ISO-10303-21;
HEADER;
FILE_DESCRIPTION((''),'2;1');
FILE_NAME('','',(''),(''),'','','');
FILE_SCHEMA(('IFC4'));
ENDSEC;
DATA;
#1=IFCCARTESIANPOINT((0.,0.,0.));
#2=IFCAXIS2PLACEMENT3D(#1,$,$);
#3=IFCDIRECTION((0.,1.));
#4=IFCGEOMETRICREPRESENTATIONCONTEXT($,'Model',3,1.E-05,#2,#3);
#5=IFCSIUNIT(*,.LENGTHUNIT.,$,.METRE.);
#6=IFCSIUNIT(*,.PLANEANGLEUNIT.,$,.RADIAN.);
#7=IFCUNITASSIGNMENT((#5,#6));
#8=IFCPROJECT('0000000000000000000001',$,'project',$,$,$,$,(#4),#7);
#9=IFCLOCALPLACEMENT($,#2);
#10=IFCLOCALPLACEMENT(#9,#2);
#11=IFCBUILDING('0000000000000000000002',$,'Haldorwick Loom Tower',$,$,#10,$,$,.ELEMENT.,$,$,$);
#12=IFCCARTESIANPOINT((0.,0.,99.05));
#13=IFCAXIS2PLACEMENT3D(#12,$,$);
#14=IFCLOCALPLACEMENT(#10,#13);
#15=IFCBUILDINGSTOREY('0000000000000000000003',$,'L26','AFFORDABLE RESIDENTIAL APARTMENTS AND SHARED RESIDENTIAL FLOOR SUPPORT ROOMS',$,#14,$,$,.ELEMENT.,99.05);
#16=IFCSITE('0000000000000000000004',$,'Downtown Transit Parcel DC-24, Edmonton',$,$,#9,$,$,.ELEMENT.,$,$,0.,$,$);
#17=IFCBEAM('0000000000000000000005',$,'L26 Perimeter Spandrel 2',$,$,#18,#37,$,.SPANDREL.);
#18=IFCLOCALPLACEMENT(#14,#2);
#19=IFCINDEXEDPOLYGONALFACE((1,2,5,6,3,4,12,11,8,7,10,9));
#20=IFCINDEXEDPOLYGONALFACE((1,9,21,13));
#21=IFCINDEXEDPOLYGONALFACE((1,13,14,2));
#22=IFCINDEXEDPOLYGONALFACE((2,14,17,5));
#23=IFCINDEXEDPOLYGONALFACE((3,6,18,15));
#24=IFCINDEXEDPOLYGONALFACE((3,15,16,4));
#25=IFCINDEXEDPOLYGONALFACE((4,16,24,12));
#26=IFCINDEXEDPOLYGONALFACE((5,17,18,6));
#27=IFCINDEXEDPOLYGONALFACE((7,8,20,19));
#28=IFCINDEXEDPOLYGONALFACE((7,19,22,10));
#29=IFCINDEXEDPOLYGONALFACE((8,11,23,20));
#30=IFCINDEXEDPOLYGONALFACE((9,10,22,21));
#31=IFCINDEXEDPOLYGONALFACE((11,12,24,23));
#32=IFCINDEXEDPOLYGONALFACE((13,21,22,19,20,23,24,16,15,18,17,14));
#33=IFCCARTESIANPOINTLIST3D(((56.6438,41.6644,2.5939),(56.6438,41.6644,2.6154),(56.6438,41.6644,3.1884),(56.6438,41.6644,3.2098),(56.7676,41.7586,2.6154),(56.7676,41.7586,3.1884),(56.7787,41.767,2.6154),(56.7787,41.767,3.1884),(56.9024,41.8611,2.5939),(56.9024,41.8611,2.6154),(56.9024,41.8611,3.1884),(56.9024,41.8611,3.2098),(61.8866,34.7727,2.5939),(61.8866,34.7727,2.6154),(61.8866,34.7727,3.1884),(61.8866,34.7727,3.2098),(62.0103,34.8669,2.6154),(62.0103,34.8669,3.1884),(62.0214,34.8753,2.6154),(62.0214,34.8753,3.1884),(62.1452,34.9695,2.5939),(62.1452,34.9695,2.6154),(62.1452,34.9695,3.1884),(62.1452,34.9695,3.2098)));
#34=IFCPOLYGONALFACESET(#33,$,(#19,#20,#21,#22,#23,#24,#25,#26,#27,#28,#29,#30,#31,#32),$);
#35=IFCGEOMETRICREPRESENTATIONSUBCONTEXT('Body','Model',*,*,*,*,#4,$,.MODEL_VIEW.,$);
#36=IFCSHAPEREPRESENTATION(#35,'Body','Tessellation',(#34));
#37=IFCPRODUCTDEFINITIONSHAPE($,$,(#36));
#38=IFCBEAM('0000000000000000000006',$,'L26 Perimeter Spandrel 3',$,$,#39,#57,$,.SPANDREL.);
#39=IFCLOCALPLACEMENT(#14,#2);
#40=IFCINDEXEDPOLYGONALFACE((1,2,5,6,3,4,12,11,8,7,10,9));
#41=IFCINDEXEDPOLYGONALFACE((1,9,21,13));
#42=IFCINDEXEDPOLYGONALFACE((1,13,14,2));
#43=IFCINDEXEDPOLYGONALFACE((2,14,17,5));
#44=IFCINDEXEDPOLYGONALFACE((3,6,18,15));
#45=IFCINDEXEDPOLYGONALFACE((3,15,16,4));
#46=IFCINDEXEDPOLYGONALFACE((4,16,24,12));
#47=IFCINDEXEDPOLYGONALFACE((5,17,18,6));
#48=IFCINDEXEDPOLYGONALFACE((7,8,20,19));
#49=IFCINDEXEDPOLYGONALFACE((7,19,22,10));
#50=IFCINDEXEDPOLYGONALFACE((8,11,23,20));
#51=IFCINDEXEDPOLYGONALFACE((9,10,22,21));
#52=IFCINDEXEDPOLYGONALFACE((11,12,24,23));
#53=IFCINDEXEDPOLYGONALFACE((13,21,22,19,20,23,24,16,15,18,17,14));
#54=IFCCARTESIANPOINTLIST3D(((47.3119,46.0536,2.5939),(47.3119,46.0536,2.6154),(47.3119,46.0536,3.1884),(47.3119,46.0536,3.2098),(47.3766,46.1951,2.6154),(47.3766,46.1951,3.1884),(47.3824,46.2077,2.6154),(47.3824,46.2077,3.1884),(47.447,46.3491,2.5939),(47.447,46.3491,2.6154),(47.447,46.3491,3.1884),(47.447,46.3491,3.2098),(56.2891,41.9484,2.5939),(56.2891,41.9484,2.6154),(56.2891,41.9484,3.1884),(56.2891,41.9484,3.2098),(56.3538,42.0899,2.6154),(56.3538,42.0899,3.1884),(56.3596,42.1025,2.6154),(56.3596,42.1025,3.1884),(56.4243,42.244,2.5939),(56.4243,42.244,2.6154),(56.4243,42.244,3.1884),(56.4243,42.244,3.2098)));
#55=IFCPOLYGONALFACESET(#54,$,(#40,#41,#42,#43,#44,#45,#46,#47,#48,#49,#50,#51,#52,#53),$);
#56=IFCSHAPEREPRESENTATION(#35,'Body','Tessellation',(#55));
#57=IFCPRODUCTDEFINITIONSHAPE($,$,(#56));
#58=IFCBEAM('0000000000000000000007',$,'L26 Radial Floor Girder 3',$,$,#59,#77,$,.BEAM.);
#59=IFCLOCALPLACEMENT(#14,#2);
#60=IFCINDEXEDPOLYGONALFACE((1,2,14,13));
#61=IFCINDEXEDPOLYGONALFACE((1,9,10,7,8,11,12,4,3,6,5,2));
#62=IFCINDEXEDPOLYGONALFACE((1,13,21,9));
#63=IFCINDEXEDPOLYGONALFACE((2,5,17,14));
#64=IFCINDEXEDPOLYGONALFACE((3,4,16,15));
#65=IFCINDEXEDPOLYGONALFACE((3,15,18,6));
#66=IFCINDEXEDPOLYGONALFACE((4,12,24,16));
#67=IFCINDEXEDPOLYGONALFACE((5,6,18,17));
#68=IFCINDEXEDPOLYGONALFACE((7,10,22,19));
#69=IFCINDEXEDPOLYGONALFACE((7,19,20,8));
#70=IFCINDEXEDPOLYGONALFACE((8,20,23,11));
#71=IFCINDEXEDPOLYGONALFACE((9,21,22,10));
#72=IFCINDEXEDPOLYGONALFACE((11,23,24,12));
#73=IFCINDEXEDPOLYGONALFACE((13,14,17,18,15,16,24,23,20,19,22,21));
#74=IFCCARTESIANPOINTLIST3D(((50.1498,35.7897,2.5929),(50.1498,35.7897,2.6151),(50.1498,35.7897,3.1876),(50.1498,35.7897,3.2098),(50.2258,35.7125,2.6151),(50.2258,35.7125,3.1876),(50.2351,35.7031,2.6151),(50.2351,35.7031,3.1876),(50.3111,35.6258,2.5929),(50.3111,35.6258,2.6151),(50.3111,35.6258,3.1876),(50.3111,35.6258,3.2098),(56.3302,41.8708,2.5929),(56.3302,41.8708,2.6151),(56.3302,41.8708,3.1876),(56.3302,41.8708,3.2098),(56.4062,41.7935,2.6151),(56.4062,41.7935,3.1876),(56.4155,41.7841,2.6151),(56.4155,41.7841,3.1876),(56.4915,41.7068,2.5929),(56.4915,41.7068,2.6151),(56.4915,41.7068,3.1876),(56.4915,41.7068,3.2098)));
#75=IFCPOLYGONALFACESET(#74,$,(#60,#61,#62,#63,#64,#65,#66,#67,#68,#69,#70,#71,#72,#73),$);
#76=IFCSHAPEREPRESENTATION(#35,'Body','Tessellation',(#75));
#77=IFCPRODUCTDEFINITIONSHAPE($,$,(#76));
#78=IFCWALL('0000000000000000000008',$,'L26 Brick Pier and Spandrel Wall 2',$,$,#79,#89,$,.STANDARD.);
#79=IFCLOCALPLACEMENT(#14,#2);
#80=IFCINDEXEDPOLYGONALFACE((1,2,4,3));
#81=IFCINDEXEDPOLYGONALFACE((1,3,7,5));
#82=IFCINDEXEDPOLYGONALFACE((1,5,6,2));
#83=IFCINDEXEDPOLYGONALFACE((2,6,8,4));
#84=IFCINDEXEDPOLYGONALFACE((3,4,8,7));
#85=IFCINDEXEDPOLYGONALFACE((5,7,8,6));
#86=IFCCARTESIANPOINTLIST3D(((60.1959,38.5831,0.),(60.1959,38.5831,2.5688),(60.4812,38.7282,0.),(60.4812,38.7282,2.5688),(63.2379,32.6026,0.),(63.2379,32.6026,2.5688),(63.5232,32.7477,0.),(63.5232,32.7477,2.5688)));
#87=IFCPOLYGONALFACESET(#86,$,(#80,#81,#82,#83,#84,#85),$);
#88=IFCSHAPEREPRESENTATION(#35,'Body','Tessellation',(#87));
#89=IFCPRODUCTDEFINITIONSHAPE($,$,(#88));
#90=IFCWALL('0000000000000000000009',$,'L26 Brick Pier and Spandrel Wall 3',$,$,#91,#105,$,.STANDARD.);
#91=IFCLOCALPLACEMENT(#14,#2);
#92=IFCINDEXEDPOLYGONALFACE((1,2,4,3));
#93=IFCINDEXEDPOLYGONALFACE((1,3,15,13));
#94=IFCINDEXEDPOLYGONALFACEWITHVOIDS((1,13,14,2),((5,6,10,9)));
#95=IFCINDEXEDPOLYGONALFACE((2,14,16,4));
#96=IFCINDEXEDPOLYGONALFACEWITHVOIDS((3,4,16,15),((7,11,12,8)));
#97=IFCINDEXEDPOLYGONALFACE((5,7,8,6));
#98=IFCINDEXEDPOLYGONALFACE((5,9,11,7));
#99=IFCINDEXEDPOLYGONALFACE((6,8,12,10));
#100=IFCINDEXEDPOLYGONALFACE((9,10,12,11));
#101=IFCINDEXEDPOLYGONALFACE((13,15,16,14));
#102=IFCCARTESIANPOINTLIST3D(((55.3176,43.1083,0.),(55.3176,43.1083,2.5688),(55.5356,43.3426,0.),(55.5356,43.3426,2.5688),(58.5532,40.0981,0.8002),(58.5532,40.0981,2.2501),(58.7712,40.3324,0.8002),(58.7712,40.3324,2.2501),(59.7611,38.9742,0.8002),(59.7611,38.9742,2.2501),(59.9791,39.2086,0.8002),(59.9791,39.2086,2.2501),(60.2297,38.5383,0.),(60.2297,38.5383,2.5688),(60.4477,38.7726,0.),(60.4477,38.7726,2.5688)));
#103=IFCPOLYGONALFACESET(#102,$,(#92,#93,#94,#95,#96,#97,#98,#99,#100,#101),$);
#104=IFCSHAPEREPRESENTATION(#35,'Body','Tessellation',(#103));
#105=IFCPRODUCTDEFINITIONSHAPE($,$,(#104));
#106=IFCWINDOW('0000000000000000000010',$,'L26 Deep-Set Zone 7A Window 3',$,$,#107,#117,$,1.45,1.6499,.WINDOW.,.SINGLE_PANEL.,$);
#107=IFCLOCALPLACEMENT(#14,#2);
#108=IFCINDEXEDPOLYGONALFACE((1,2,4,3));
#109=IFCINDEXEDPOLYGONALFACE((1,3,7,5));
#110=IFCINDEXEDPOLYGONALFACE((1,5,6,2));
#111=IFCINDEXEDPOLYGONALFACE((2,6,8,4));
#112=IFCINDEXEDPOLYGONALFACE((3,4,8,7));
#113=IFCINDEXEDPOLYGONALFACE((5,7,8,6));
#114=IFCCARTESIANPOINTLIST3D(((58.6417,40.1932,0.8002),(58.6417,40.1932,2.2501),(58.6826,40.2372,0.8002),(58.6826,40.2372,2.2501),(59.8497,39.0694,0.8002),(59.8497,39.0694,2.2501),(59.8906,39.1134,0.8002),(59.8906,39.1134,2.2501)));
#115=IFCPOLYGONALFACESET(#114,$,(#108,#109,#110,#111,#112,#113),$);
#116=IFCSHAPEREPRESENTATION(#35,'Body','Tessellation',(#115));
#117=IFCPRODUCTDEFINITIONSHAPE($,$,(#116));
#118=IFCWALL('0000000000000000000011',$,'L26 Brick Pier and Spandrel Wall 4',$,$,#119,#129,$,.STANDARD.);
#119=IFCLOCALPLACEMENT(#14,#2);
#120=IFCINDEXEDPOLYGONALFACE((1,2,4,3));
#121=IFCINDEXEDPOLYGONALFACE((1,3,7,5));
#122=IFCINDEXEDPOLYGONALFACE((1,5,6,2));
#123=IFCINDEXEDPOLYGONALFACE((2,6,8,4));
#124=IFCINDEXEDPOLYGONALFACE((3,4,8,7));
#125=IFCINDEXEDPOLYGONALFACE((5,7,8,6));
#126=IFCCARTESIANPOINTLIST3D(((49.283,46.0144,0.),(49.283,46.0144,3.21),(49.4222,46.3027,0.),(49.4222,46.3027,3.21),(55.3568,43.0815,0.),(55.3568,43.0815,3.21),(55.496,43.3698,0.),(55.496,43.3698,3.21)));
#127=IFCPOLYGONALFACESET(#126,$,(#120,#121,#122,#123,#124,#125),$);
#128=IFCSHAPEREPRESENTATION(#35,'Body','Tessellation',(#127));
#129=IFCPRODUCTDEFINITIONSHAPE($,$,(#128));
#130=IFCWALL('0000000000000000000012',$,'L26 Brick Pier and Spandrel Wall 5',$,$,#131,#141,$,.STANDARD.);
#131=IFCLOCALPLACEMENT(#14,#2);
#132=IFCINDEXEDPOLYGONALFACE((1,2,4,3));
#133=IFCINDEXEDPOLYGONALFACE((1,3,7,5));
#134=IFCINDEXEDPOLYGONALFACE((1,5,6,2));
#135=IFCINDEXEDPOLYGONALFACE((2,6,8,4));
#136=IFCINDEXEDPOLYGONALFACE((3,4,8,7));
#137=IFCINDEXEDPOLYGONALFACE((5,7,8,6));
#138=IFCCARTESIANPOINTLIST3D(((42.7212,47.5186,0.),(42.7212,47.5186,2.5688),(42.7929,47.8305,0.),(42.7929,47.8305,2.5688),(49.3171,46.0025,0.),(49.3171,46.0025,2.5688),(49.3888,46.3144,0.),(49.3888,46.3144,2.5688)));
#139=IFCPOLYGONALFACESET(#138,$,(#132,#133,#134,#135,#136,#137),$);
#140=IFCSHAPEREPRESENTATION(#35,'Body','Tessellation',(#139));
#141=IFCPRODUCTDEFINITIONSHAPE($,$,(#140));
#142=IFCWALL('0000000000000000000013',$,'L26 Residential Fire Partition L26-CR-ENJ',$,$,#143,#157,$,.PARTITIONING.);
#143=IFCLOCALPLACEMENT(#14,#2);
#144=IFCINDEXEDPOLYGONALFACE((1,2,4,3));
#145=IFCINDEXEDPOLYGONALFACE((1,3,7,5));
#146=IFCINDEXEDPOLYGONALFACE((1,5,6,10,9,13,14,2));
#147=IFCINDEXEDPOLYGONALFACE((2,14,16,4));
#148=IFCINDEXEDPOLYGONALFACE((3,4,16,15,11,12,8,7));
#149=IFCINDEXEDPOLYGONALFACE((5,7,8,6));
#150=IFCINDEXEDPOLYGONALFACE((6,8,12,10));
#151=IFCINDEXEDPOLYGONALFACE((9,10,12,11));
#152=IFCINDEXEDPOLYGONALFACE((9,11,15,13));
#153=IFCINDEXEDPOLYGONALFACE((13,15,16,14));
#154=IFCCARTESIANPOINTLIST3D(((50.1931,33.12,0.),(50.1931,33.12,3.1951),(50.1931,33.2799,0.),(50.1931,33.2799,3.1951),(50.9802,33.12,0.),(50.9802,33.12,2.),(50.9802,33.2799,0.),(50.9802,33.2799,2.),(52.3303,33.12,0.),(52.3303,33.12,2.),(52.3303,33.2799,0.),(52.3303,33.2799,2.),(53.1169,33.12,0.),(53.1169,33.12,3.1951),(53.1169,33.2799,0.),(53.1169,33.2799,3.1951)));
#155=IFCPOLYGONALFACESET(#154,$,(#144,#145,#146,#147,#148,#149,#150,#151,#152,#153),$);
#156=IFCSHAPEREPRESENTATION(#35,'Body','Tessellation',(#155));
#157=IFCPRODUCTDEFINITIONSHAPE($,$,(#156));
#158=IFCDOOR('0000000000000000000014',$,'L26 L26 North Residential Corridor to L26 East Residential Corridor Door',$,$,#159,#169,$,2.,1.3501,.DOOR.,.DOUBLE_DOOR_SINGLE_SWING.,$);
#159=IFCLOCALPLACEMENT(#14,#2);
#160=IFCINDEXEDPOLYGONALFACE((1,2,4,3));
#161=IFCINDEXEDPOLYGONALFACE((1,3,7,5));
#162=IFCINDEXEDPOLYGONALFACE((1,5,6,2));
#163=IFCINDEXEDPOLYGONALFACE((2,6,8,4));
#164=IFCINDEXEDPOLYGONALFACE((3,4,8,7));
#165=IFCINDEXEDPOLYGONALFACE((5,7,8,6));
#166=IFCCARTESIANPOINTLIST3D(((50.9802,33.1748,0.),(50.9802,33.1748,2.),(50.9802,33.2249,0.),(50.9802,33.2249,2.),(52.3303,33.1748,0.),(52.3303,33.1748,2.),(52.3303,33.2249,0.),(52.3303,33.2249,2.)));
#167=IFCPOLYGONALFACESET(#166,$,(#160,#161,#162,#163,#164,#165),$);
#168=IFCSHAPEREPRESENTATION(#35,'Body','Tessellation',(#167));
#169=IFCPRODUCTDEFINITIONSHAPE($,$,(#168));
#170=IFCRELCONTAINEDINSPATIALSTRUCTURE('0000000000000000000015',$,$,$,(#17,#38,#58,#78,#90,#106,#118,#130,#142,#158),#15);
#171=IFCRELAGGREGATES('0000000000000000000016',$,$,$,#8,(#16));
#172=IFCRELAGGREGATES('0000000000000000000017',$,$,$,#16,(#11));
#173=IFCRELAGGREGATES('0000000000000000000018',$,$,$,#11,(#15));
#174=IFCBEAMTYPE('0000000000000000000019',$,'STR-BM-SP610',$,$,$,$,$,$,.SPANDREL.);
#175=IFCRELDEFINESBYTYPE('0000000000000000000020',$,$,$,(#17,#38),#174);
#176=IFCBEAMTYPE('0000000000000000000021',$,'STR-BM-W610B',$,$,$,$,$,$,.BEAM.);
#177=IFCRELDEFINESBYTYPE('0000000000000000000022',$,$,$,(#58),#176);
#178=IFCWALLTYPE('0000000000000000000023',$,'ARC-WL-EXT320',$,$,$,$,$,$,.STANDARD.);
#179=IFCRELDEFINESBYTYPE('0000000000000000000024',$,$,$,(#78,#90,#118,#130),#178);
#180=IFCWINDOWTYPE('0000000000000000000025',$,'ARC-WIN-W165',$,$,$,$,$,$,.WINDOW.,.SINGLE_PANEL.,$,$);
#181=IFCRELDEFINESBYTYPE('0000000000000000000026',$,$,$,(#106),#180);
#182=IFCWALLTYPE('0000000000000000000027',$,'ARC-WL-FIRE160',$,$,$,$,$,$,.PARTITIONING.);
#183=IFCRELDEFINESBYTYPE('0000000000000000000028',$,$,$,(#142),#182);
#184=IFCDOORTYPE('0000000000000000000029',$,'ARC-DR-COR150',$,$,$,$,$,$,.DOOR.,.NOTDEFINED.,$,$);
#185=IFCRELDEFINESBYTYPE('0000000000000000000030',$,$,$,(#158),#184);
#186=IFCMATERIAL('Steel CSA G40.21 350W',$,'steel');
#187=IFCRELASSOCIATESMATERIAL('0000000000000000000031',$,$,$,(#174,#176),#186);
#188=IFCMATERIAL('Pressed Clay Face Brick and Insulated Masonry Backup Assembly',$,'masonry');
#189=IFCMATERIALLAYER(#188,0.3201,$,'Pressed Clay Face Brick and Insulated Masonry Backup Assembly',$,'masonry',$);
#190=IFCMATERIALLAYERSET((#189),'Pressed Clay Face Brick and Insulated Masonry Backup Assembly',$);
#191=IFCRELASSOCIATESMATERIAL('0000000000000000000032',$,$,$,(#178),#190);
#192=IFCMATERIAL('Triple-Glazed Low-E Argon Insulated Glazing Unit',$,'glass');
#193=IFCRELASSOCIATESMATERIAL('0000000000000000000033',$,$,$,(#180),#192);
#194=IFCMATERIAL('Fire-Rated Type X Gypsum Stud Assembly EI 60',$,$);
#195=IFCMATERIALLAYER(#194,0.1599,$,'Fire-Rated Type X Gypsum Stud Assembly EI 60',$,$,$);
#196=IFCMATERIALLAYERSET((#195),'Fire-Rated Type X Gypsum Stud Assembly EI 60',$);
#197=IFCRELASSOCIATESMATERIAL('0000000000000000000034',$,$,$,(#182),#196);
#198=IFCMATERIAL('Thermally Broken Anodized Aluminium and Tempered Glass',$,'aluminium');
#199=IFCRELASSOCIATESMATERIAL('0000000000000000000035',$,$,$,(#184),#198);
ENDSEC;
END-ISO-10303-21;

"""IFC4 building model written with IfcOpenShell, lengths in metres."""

from ifc_helpers import new_model, si_unit, direction, frame, frame_2d, origin, origin_2d, place, context, subcontext, project, spatial, rectangle, i_section, extrude, material, layer, layer_set, material_profile, profile_set, type_object, element, fill, save


model = new_model("IFC4")

# Units and contexts
model_context = context("Model", 3, precision=1e-05, world=origin(), true_north=direction((0.0, 1.0)))
body_context = subcontext(model_context, "Body", "Model", "MODEL_VIEW")
ifc_project = project(units=[si_unit("LENGTHUNIT", "METRE"), si_unit("PLANEANGLEUNIT", "RADIAN")], contexts=[model_context])

# Site, building, storey
site_placement = place(None, origin())
site = spatial("IfcSite", under=ifc_project, at=site_placement, Name="Downtown Transit Parcel DC-24, Edmonton", CompositionType="ELEMENT", RefElevation=0.0)
building_placement = place(site_placement, origin())
building = spatial("IfcBuilding", under=site, at=building_placement, Name="Haldorwick Loom Tower", CompositionType="ELEMENT")
storey_placement = place(building_placement, frame((0.0, 0.0, 99.05)))
storey = spatial("IfcBuildingStorey", under=building, at=storey_placement, Name="L26", Description="AFFORDABLE RESIDENTIAL APARTMENTS AND SHARED RESIDENTIAL FLOOR SUPPORT ROOMS", CompositionType="ELEMENT", Elevation=99.05)

# Beams
ifc_material_1 = material(Name="Steel CSA G40.21 350W", Category="steel")
ifc_material_profile_1 = material_profile(ifc_material_1, i_section(OverallWidth=0.325, OverallDepth=0.616, WebThickness=0.0139, FlangeThickness=0.0215, at=origin_2d()), Name="W610X174", Category="steel")
ifc_profile_set_1 = profile_set([ifc_material_profile_1], Name="Steel CSA G40.21 350W")
beam_type_1 = type_object("IfcBeamType", Name="STR-BM-SP610", PredefinedType="SPANDREL", material=ifc_profile_set_1)
beam_1_placement = place(storey_placement, frame((62.0159, 34.8711, 2.9019), z_axis=(-0.605454, 0.795881, 0.0), x_axis=(-0.795881, -0.605454, 0.0)))
element("IfcBeam", 1, at=beam_1_placement, inside=storey, type_object=beam_type_1, Name="L26 Perimeter Spandrel 2", PredefinedType="SPANDREL", context=body_context, shape_type="SweptSolid", body=[
    extrude(i_section(OverallWidth=0.325, OverallDepth=0.616, WebThickness=0.0139, FlangeThickness=0.0215, at=origin_2d()), origin(), (0.0, 0.0, 1.0), 8.6592),
])
beam_2_placement = place(storey_placement, frame((56.3567, 42.0962, 2.9019), z_axis=(-0.909424, 0.41587, 0.0), x_axis=(-0.41587, -0.909424, 0.0)))
element("IfcBeam", 2, at=beam_2_placement, inside=storey, type_object=beam_type_1, Name="L26 Perimeter Spandrel 3", PredefinedType="SPANDREL", context=body_context, shape_type="SweptSolid", body=[
    extrude(i_section(OverallWidth=0.325, OverallDepth=0.616, WebThickness=0.0139, FlangeThickness=0.0215, at=origin_2d()), origin(), (0.0, 0.0, 1.0), 9.8713),
])
ifc_material_profile_2 = material_profile(ifc_material_1, i_section(OverallWidth=0.23, OverallDepth=0.6169, WebThickness=0.0132, FlangeThickness=0.0222, at=origin_2d()), Name="W610X140", Category="steel")
ifc_profile_set_2 = profile_set([ifc_material_profile_2], Name="Steel CSA G40.21 350W")
beam_type_2 = type_object("IfcBeamType", Name="STR-BM-W610B", PredefinedType="BEAM", material=ifc_profile_set_2)
beam_3_placement = place(storey_placement, frame((50.2305, 35.7078, 2.9014), z_axis=(0.712814, 0.701353, 0.0), x_axis=(-0.701353, 0.712814, 0.0)))
element("IfcBeam", 3, at=beam_3_placement, inside=storey, type_object=beam_type_2, Name="L26 Radial Floor Girder 3", PredefinedType="BEAM", context=body_context, shape_type="SweptSolid", body=[
    extrude(i_section(OverallWidth=0.23, OverallDepth=0.6169, WebThickness=0.0132, FlangeThickness=0.0222, at=origin_2d()), origin(), (0.0, 0.0, 1.0), 8.6704),
])

# Wall
ifc_material_2 = material(Name="Pressed Clay Face Brick and Insulated Masonry Backup Assembly", Category="masonry")
ifc_layer_1 = layer(ifc_material_2, 0.3201, Name="Pressed Clay Face Brick and Insulated Masonry Backup Assembly", Category="masonry")
ifc_layer_set_1 = layer_set([ifc_layer_1], Name="Pressed Clay Face Brick and Insulated Masonry Backup Assembly")
wall_type_1 = type_object("IfcWallType", Name="ARC-WL-EXT320", PredefinedType="STANDARD", material=ifc_layer_set_1)
wall_1_placement = place(storey_placement, frame((63.3806, 32.675, 0.0), z_axis=(0.0, 0.0, 1.0), x_axis=(-0.453374, 0.89132, 0.0)))
element("IfcWall", 4, at=wall_1_placement, inside=storey, type_object=wall_type_1, Name="L26 Brick Pier and Spandrel Wall 2", PredefinedType="STANDARD", context=body_context, shape_type="SweptSolid", body=[
    extrude(rectangle(XDim=6.7097, YDim=0.3201, at=frame_2d((3.355, 0.0))), origin(), (0.0, 0.0, 1.0), 2.5688),
])

# Wall, opening, window
wall_2_placement = place(storey_placement, frame((60.3386, 38.6555, 0.0), z_axis=(0.0, 0.0, 1.0), x_axis=(-0.732137, 0.681157, 0.0)))
wall_2 = element("IfcWall", 5, at=wall_2_placement, inside=storey, type_object=wall_type_1, Name="L26 Brick Pier and Spandrel Wall 3", PredefinedType="STANDARD", context=body_context, shape_type="SweptSolid", body=[
    extrude(rectangle(XDim=6.7092, YDim=0.3201, at=frame_2d((3.3545, 0.0))), origin(), (0.0, 0.0, 1.0), 2.5688),
])
opening_1_placement = place(wall_2_placement, frame((0.6399, 0.0, 0.8)))
opening_1 = element("IfcOpeningElement", 6, at=opening_1_placement, cuts=wall_2, PredefinedType="OPENING", context=body_context, shape_type="SweptSolid", body=[
    extrude(rectangle(XDim=1.6499, YDim=1.45, at=frame_2d((0.825, 0.7251))), frame((0.0, 0.1699, 0.0), z_axis=(0.0, -1.0, 0.0), x_axis=(1.0, 0.0, 0.0)), (0.0, 0.0, 1.0), 0.3401),
])
ifc_material_3 = material(Name="Triple-Glazed Low-E Argon Insulated Glazing Unit", Category="glass")
window_type = type_object("IfcWindowType", Name="ARC-WIN-W165", PartitioningType="SINGLE_PANEL", PredefinedType="WINDOW", material=ifc_material_3)
window_placement = place(opening_1_placement, origin())
window = element("IfcWindow", 7, at=window_placement, inside=storey, type_object=window_type, Name="L26 Deep-Set Zone 7A Window 3", OverallHeight=1.45, OverallWidth=1.6499, PartitioningType="SINGLE_PANEL", PredefinedType="WINDOW", context=body_context, shape_type="SweptSolid", body=[
    extrude(rectangle(XDim=1.6499, YDim=1.45, at=frame_2d((0.825, 0.7251))), frame((0.0, 0.03, 0.0), z_axis=(0.0, -1.0, 0.0), x_axis=(1.0, 0.0, 0.0)), (0.0, 0.0, 1.0), 0.0601),
])
fill(opening_1, window)

# Walls
wall_3_placement = place(storey_placement, frame((55.4265, 43.2256, 0.0), z_axis=(0.0, 0.0, 1.0), x_axis=(-0.90051, 0.434835, 0.0)))
element("IfcWall", 8, at=wall_3_placement, inside=storey, type_object=wall_type_1, Name="L26 Brick Pier and Spandrel Wall 4", PredefinedType="STANDARD", context=body_context, shape_type="SweptSolid", body=[
    extrude(rectangle(XDim=6.7449, YDim=0.3201, at=frame_2d((3.3726, 0.0))), origin(), (0.0, 0.0, 1.0), 3.21),
])
wall_4_placement = place(storey_placement, frame((49.3528, 46.1584, 0.0), z_axis=(0.0, 0.0, 1.0), x_axis=(-0.974584, 0.224022, 0.0)))
element("IfcWall", 9, at=wall_4_placement, inside=storey, type_object=wall_type_1, Name="L26 Brick Pier and Spandrel Wall 5", PredefinedType="STANDARD", context=body_context, shape_type="SweptSolid", body=[
    extrude(rectangle(XDim=6.7678, YDim=0.3201, at=frame_2d((3.3838, 0.0))), origin(), (0.0, 0.0, 1.0), 2.5688),
])

# Wall, opening, door
ifc_material_4 = material(Name="Fire-Rated Type X Gypsum Stud Assembly EI 60")
ifc_layer_2 = layer(ifc_material_4, 0.1599, Name="Fire-Rated Type X Gypsum Stud Assembly EI 60")
ifc_layer_set_2 = layer_set([ifc_layer_2], Name="Fire-Rated Type X Gypsum Stud Assembly EI 60")
wall_type_2 = type_object("IfcWallType", Name="ARC-WL-FIRE160", PredefinedType="PARTITIONING", material=ifc_layer_set_2)
wall_5_placement = place(storey_placement, frame((50.1931, 33.2, 0.0), z_axis=(0.0, 0.0, 1.0), x_axis=(1.0, 0.0, 0.0)))
wall_5 = element("IfcWall", 10, at=wall_5_placement, inside=storey, type_object=wall_type_2, Name="L26 Residential Fire Partition L26-CR-ENJ", PredefinedType="PARTITIONING", context=body_context, shape_type="SweptSolid", body=[
    extrude(rectangle(XDim=2.9238, YDim=0.1599, at=frame_2d((1.4619, 0.0))), origin(), (0.0, 0.0, 1.0), 3.1951),
])
opening_2_placement = place(wall_5_placement, frame((0.7871, 0.0, 0.0)))
opening_2 = element("IfcOpeningElement", 11, at=opening_2_placement, cuts=wall_5, PredefinedType="OPENING", context=body_context, shape_type="SweptSolid", body=[
    extrude(rectangle(XDim=1.3501, YDim=2.0, at=frame_2d((0.675, 1.0))), frame((0.0, 0.0898, 0.0), z_axis=(0.0, -1.0, 0.0), x_axis=(1.0, 0.0, 0.0)), (0.0, 0.0, 1.0), 0.1799),
])
ifc_material_5 = material(Name="Thermally Broken Anodized Aluminium and Tempered Glass", Category="aluminium")
door_type_1 = type_object("IfcDoorType", Name="ARC-DR-COR150", OperationType="NOTDEFINED", PredefinedType="DOOR", material=ifc_material_5)
door_1_placement = place(opening_2_placement, origin())
door_1 = element("IfcDoor", 12, at=door_1_placement, inside=storey, type_object=door_type_1, Name="L26 L26 North Residential Corridor to L26 East Residential Corridor Door", OperationType="DOUBLE_DOOR_SINGLE_SWING", OverallHeight=2.0, OverallWidth=1.3501, PredefinedType="DOOR", context=body_context, shape_type="SweptSolid", body=[
    extrude(rectangle(XDim=1.3501, YDim=2.0, at=frame_2d((0.675, 1.0))), frame((0.0, 0.0249, 0.0), z_axis=(0.0, -1.0, 0.0), x_axis=(1.0, 0.0, 0.0)), (0.0, 0.0, 1.0), 0.05),
])
fill(opening_2, door_1)

save(model, "model.ifc")
